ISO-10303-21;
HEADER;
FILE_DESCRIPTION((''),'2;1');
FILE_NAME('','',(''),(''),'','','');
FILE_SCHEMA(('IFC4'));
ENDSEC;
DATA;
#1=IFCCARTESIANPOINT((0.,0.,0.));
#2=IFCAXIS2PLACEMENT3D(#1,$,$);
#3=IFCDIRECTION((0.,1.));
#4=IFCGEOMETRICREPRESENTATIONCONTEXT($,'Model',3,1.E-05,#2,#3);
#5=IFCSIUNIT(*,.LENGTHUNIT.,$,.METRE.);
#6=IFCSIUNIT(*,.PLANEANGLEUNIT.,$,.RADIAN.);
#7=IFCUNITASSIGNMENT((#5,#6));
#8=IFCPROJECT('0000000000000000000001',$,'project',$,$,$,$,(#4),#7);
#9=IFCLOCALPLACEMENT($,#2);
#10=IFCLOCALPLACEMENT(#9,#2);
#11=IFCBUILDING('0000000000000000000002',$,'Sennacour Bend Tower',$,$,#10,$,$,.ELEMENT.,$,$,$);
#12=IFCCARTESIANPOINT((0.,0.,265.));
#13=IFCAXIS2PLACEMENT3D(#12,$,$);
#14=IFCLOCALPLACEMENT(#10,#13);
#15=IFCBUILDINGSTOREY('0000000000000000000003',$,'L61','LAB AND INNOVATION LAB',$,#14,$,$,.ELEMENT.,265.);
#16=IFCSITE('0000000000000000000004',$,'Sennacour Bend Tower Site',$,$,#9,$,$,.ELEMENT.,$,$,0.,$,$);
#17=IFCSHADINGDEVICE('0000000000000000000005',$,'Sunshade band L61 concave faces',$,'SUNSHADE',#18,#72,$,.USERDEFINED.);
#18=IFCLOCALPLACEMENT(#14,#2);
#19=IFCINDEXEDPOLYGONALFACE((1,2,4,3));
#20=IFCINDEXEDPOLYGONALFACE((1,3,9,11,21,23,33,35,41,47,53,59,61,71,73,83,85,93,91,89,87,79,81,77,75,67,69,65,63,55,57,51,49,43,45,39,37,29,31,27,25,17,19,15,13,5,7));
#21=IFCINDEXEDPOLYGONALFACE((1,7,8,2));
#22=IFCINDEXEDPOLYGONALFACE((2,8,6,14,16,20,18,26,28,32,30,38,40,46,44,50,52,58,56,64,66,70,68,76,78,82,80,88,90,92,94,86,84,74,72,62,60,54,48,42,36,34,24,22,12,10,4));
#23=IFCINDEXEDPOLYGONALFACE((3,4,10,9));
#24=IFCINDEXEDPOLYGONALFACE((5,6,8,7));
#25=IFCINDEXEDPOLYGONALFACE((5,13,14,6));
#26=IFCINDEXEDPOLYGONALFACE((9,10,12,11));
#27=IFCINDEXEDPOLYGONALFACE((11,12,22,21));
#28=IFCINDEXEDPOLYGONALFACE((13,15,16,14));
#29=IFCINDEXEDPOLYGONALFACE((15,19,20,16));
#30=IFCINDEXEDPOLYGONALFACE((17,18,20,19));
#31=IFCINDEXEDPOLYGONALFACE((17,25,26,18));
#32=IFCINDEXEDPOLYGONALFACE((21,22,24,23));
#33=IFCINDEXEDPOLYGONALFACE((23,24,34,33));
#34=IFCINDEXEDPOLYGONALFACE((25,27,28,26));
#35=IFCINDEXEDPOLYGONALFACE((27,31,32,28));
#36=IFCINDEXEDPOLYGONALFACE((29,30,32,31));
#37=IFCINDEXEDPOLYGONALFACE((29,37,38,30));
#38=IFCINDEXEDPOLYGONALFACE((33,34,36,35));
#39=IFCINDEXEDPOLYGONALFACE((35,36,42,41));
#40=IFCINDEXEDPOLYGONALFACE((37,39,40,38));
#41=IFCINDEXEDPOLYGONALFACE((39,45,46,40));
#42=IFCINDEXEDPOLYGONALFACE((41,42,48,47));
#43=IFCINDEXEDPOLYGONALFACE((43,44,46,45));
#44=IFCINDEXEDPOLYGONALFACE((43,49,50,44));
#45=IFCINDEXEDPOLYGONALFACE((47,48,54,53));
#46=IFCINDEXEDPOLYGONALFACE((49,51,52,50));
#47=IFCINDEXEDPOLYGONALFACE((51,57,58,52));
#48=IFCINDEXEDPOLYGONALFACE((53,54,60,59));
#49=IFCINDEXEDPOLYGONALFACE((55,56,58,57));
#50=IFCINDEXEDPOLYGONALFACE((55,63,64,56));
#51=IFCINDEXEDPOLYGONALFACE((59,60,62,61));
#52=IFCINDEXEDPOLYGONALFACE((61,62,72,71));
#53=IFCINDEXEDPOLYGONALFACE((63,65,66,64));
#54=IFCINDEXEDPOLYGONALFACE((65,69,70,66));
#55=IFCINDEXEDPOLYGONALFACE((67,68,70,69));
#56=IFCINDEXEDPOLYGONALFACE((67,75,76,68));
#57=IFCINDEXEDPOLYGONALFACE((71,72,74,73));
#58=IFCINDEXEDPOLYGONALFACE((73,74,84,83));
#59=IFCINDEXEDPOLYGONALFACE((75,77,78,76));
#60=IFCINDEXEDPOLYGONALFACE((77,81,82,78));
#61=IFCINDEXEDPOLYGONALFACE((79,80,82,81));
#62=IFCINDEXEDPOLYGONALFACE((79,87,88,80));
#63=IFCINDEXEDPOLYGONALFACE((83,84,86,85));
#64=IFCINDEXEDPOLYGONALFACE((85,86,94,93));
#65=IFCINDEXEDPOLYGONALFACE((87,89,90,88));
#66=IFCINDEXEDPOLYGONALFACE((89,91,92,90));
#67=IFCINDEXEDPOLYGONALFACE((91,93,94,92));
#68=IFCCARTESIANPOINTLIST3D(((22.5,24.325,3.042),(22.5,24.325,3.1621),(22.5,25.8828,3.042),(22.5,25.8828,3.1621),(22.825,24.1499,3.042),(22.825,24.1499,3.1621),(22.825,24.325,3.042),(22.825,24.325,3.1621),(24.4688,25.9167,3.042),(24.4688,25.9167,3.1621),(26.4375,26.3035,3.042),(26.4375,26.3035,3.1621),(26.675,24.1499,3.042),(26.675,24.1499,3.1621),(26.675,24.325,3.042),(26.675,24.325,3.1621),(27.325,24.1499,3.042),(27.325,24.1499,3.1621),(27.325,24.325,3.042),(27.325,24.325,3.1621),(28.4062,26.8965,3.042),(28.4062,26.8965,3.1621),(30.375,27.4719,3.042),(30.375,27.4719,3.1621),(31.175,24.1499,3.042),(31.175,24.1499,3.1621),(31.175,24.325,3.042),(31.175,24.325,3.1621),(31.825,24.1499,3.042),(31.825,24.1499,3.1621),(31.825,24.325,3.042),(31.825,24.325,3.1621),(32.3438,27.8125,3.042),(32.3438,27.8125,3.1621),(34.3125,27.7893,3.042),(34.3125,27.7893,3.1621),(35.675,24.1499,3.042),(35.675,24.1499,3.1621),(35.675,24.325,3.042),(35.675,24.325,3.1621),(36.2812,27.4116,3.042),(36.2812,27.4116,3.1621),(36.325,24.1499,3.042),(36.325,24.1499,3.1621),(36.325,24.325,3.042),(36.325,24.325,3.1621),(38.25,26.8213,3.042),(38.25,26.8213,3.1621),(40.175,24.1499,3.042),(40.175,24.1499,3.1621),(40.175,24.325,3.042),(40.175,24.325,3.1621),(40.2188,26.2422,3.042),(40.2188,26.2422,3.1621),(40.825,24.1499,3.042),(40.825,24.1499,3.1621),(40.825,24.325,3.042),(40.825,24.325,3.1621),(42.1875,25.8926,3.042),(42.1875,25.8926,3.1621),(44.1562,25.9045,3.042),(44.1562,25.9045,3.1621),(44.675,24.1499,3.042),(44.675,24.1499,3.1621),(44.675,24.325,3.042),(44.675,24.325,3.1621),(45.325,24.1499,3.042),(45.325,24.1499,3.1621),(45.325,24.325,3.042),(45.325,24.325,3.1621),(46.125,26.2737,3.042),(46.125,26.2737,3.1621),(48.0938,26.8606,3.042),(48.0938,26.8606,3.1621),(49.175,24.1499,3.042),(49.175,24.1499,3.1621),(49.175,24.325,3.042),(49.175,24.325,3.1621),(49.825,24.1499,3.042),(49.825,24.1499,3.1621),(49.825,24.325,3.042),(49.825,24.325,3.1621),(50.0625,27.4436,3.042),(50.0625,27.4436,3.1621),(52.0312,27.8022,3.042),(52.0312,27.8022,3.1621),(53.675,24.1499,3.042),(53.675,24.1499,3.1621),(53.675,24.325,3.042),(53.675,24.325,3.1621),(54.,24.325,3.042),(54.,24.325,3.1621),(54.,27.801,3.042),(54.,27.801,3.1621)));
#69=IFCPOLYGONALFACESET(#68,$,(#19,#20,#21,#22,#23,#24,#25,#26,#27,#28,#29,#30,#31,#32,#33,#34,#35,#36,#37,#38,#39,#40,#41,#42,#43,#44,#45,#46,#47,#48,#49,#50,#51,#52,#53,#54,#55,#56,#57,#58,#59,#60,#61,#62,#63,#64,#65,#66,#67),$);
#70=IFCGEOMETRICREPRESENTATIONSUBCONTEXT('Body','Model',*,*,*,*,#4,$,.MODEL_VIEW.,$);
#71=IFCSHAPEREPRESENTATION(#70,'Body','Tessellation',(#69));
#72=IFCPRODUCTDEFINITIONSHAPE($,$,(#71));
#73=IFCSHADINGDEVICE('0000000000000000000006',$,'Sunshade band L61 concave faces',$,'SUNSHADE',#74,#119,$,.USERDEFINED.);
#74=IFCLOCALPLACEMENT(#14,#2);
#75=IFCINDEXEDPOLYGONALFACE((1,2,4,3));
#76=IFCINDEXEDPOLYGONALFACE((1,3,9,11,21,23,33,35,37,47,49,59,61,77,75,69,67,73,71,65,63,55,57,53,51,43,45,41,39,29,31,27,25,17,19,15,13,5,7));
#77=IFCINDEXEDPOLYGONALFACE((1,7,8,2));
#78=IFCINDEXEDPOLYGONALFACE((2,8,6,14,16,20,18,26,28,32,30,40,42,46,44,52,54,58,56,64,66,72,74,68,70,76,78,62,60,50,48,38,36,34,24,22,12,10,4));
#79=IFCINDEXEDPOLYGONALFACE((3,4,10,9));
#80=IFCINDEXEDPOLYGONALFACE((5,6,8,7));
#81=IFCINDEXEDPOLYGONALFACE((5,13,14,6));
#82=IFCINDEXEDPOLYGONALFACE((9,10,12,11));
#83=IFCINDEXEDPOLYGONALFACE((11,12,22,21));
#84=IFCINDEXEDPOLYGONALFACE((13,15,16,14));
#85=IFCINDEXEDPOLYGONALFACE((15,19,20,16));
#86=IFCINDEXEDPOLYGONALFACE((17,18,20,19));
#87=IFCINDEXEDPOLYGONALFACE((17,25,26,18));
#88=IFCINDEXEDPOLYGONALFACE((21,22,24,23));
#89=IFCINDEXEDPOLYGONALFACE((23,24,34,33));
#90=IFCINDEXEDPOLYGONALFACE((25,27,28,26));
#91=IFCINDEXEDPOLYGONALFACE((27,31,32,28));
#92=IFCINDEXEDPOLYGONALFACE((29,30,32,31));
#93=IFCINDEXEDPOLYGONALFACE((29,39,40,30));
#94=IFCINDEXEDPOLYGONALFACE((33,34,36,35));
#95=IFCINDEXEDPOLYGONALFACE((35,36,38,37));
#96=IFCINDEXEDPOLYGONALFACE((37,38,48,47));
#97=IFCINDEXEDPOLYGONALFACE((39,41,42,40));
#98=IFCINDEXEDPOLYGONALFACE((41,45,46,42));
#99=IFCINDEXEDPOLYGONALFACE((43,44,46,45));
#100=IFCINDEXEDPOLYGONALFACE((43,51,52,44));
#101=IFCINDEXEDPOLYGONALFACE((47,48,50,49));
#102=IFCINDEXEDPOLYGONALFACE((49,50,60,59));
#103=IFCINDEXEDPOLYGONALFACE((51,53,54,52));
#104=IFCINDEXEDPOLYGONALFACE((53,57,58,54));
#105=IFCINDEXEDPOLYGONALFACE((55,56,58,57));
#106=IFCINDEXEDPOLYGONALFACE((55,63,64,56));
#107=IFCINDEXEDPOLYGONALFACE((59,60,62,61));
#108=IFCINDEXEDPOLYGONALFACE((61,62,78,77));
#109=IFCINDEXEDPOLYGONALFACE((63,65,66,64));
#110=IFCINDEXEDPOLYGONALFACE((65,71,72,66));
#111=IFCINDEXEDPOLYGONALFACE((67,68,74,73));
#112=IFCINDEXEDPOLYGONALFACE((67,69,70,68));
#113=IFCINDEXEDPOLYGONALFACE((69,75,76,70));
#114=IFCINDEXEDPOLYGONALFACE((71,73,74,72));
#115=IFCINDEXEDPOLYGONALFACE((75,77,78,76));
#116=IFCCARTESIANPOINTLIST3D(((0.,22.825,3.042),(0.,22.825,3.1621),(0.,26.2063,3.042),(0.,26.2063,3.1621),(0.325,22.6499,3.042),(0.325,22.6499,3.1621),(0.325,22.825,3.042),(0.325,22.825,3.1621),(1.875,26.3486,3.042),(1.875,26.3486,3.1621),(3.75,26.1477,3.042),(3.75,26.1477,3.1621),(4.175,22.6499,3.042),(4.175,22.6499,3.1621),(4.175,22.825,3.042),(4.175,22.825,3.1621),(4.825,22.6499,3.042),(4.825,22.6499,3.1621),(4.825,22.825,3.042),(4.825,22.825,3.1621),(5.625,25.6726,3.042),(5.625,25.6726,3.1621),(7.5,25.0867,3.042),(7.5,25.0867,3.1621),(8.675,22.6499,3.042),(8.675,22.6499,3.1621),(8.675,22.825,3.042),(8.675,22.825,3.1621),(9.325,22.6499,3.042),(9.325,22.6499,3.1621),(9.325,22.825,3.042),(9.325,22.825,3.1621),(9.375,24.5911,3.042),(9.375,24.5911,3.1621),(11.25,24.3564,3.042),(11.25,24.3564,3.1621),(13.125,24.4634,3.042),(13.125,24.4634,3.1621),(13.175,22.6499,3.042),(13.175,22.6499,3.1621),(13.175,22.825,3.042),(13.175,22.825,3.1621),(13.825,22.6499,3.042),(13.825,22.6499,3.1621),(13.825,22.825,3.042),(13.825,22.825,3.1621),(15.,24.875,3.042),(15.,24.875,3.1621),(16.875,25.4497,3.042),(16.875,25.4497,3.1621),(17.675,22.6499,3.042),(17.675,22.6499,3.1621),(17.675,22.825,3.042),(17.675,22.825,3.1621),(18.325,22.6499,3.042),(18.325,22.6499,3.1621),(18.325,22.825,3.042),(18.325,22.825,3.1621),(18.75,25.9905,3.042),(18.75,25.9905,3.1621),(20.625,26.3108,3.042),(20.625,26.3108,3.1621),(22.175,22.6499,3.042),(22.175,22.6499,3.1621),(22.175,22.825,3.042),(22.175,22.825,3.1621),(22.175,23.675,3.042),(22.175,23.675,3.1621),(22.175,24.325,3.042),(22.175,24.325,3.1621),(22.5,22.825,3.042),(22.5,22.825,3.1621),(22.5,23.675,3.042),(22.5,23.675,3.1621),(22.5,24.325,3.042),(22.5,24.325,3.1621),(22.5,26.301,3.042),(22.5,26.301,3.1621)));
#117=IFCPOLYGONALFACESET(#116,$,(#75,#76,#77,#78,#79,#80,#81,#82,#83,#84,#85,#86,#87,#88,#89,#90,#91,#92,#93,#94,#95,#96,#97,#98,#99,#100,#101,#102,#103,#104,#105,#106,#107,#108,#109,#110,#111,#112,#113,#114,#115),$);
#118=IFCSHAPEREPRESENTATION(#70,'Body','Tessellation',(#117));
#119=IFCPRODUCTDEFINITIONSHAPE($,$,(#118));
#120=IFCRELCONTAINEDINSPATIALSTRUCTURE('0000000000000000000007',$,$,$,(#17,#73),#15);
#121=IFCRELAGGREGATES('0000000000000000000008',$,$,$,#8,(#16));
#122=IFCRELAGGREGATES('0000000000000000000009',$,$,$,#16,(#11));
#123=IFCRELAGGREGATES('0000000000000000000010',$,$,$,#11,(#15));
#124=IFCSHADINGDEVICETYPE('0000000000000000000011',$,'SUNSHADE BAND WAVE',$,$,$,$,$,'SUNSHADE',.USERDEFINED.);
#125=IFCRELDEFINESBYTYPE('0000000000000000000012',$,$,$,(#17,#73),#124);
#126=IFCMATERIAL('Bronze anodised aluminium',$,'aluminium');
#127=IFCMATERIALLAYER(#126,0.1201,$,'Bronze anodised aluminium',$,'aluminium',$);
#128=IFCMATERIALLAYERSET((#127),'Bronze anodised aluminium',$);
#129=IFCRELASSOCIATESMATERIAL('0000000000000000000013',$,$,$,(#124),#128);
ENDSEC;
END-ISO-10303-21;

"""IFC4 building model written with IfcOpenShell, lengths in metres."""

from ifc_helpers import new_model, si_unit, direction, frame, origin, place, context, subcontext, project, spatial, polyline, outline, extrude, material, layer, layer_set, type_object, element, save


model = new_model("IFC4")

# Units and contexts
model_context = context("Model", 3, precision=1e-05, world=origin(), true_north=direction((0.0, 1.0)))
body_context = subcontext(model_context, "Body", "Model", "MODEL_VIEW")
ifc_project = project(units=[si_unit("LENGTHUNIT", "METRE"), si_unit("PLANEANGLEUNIT", "RADIAN")], contexts=[model_context])

# Site, building, storey
site_placement = place(None, origin())
site = spatial("IfcSite", under=ifc_project, at=site_placement, Name="Sennacour Bend Tower Site", CompositionType="ELEMENT", RefElevation=0.0)
building_placement = place(site_placement, origin())
building = spatial("IfcBuilding", under=site, at=building_placement, Name="Sennacour Bend Tower", CompositionType="ELEMENT")
storey_placement = place(building_placement, frame((0.0, 0.0, 265.0)))
storey = spatial("IfcBuildingStorey", under=building, at=storey_placement, Name="L61", Description="LAB AND INNOVATION LAB", CompositionType="ELEMENT", Elevation=265.0)

# Shading devices
ifc_material_1 = material(Name="Bronze anodised aluminium", Category="aluminium")
ifc_layer_1 = layer(ifc_material_1, 0.1201, Name="Bronze anodised aluminium", Category="aluminium")
ifc_layer_set_1 = layer_set([ifc_layer_1], Name="Bronze anodised aluminium")
shading_device_type_1 = type_object("IfcShadingDeviceType", Name="SUNSHADE BAND WAVE", ElementType="SUNSHADE", PredefinedType="USERDEFINED", material=ifc_layer_set_1)
shading_device_1_placement = place(storey_placement, frame((0.0, 0.0, 3.042)))
element("IfcShadingDevice", 1, at=shading_device_1_placement, inside=storey, type_object=shading_device_type_1, Name="Sunshade band L61 concave faces", ObjectType="SUNSHADE", PredefinedType="USERDEFINED", context=body_context, shape_type="SweptSolid", body=[
    extrude(outline(polyline([(53.675, 24.1499), (49.825, 24.1499), (49.825, 24.325), (49.175, 24.325), (49.175, 24.1499), (45.325, 24.1499), (45.325, 24.325), (44.675, 24.325), (44.675, 24.1499), (40.825, 24.1499), (40.825, 24.325), (40.175, 24.325), (40.175, 24.1499), (36.325, 24.1499), (36.325, 24.325), (35.675, 24.325), (35.675, 24.1499), (31.825, 24.1499), (31.825, 24.325), (31.175, 24.325), (31.175, 24.1499), (27.325, 24.1499), (27.325, 24.325), (26.675, 24.325), (26.675, 24.1499), (22.825, 24.1499), (22.825, 24.325), (22.5, 24.325), (22.5, 25.8828), (24.4688, 25.9167), (26.4375, 26.3035), (28.4062, 26.8965), (30.375, 27.4719), (32.3438, 27.8125), (34.3125, 27.7893), (36.2812, 27.4116), (38.25, 26.8213), (40.2188, 26.2422), (42.1875, 25.8926), (44.1562, 25.9045), (46.125, 26.2737), (48.0938, 26.8606), (50.0625, 27.4436), (52.0312, 27.8022), (54.0, 27.801), (54.0, 24.325), (53.675, 24.325), (53.675, 24.1499)])), origin(), (0.0, 0.0, 1.0), 0.1201),
])
shading_device_2_placement = place(storey_placement, frame((0.0, 0.0, 3.042)))
element("IfcShadingDevice", 2, at=shading_device_2_placement, inside=storey, type_object=shading_device_type_1, Name="Sunshade band L61 concave faces", ObjectType="SUNSHADE", PredefinedType="USERDEFINED", context=body_context, shape_type="SweptSolid", body=[
    extrude(outline(polyline([(22.175, 22.6499), (18.325, 22.6499), (18.325, 22.825), (17.675, 22.825), (17.675, 22.6499), (13.825, 22.6499), (13.825, 22.825), (13.175, 22.825), (13.175, 22.6499), (9.325, 22.6499), (9.325, 22.825), (8.675, 22.825), (8.675, 22.6499), (4.825, 22.6499), (4.825, 22.825), (4.175, 22.825), (4.175, 22.6499), (0.325, 22.6499), (0.325, 22.825), (0.0, 22.825), (0.0, 26.2063), (1.875, 26.3486), (3.75, 26.1477), (5.625, 25.6726), (7.5, 25.0867), (9.375, 24.5911), (11.25, 24.3564), (13.125, 24.4634), (15.0, 24.875), (16.875, 25.4497), (18.75, 25.9905), (20.625, 26.3108), (22.5, 26.301), (22.5, 24.325), (22.175, 24.325), (22.175, 23.675), (22.5, 23.675), (22.5, 22.825), (22.175, 22.825), (22.175, 22.6499)])), origin(), (0.0, 0.0, 1.0), 0.1201),
])

save(model, "model.ifc")
